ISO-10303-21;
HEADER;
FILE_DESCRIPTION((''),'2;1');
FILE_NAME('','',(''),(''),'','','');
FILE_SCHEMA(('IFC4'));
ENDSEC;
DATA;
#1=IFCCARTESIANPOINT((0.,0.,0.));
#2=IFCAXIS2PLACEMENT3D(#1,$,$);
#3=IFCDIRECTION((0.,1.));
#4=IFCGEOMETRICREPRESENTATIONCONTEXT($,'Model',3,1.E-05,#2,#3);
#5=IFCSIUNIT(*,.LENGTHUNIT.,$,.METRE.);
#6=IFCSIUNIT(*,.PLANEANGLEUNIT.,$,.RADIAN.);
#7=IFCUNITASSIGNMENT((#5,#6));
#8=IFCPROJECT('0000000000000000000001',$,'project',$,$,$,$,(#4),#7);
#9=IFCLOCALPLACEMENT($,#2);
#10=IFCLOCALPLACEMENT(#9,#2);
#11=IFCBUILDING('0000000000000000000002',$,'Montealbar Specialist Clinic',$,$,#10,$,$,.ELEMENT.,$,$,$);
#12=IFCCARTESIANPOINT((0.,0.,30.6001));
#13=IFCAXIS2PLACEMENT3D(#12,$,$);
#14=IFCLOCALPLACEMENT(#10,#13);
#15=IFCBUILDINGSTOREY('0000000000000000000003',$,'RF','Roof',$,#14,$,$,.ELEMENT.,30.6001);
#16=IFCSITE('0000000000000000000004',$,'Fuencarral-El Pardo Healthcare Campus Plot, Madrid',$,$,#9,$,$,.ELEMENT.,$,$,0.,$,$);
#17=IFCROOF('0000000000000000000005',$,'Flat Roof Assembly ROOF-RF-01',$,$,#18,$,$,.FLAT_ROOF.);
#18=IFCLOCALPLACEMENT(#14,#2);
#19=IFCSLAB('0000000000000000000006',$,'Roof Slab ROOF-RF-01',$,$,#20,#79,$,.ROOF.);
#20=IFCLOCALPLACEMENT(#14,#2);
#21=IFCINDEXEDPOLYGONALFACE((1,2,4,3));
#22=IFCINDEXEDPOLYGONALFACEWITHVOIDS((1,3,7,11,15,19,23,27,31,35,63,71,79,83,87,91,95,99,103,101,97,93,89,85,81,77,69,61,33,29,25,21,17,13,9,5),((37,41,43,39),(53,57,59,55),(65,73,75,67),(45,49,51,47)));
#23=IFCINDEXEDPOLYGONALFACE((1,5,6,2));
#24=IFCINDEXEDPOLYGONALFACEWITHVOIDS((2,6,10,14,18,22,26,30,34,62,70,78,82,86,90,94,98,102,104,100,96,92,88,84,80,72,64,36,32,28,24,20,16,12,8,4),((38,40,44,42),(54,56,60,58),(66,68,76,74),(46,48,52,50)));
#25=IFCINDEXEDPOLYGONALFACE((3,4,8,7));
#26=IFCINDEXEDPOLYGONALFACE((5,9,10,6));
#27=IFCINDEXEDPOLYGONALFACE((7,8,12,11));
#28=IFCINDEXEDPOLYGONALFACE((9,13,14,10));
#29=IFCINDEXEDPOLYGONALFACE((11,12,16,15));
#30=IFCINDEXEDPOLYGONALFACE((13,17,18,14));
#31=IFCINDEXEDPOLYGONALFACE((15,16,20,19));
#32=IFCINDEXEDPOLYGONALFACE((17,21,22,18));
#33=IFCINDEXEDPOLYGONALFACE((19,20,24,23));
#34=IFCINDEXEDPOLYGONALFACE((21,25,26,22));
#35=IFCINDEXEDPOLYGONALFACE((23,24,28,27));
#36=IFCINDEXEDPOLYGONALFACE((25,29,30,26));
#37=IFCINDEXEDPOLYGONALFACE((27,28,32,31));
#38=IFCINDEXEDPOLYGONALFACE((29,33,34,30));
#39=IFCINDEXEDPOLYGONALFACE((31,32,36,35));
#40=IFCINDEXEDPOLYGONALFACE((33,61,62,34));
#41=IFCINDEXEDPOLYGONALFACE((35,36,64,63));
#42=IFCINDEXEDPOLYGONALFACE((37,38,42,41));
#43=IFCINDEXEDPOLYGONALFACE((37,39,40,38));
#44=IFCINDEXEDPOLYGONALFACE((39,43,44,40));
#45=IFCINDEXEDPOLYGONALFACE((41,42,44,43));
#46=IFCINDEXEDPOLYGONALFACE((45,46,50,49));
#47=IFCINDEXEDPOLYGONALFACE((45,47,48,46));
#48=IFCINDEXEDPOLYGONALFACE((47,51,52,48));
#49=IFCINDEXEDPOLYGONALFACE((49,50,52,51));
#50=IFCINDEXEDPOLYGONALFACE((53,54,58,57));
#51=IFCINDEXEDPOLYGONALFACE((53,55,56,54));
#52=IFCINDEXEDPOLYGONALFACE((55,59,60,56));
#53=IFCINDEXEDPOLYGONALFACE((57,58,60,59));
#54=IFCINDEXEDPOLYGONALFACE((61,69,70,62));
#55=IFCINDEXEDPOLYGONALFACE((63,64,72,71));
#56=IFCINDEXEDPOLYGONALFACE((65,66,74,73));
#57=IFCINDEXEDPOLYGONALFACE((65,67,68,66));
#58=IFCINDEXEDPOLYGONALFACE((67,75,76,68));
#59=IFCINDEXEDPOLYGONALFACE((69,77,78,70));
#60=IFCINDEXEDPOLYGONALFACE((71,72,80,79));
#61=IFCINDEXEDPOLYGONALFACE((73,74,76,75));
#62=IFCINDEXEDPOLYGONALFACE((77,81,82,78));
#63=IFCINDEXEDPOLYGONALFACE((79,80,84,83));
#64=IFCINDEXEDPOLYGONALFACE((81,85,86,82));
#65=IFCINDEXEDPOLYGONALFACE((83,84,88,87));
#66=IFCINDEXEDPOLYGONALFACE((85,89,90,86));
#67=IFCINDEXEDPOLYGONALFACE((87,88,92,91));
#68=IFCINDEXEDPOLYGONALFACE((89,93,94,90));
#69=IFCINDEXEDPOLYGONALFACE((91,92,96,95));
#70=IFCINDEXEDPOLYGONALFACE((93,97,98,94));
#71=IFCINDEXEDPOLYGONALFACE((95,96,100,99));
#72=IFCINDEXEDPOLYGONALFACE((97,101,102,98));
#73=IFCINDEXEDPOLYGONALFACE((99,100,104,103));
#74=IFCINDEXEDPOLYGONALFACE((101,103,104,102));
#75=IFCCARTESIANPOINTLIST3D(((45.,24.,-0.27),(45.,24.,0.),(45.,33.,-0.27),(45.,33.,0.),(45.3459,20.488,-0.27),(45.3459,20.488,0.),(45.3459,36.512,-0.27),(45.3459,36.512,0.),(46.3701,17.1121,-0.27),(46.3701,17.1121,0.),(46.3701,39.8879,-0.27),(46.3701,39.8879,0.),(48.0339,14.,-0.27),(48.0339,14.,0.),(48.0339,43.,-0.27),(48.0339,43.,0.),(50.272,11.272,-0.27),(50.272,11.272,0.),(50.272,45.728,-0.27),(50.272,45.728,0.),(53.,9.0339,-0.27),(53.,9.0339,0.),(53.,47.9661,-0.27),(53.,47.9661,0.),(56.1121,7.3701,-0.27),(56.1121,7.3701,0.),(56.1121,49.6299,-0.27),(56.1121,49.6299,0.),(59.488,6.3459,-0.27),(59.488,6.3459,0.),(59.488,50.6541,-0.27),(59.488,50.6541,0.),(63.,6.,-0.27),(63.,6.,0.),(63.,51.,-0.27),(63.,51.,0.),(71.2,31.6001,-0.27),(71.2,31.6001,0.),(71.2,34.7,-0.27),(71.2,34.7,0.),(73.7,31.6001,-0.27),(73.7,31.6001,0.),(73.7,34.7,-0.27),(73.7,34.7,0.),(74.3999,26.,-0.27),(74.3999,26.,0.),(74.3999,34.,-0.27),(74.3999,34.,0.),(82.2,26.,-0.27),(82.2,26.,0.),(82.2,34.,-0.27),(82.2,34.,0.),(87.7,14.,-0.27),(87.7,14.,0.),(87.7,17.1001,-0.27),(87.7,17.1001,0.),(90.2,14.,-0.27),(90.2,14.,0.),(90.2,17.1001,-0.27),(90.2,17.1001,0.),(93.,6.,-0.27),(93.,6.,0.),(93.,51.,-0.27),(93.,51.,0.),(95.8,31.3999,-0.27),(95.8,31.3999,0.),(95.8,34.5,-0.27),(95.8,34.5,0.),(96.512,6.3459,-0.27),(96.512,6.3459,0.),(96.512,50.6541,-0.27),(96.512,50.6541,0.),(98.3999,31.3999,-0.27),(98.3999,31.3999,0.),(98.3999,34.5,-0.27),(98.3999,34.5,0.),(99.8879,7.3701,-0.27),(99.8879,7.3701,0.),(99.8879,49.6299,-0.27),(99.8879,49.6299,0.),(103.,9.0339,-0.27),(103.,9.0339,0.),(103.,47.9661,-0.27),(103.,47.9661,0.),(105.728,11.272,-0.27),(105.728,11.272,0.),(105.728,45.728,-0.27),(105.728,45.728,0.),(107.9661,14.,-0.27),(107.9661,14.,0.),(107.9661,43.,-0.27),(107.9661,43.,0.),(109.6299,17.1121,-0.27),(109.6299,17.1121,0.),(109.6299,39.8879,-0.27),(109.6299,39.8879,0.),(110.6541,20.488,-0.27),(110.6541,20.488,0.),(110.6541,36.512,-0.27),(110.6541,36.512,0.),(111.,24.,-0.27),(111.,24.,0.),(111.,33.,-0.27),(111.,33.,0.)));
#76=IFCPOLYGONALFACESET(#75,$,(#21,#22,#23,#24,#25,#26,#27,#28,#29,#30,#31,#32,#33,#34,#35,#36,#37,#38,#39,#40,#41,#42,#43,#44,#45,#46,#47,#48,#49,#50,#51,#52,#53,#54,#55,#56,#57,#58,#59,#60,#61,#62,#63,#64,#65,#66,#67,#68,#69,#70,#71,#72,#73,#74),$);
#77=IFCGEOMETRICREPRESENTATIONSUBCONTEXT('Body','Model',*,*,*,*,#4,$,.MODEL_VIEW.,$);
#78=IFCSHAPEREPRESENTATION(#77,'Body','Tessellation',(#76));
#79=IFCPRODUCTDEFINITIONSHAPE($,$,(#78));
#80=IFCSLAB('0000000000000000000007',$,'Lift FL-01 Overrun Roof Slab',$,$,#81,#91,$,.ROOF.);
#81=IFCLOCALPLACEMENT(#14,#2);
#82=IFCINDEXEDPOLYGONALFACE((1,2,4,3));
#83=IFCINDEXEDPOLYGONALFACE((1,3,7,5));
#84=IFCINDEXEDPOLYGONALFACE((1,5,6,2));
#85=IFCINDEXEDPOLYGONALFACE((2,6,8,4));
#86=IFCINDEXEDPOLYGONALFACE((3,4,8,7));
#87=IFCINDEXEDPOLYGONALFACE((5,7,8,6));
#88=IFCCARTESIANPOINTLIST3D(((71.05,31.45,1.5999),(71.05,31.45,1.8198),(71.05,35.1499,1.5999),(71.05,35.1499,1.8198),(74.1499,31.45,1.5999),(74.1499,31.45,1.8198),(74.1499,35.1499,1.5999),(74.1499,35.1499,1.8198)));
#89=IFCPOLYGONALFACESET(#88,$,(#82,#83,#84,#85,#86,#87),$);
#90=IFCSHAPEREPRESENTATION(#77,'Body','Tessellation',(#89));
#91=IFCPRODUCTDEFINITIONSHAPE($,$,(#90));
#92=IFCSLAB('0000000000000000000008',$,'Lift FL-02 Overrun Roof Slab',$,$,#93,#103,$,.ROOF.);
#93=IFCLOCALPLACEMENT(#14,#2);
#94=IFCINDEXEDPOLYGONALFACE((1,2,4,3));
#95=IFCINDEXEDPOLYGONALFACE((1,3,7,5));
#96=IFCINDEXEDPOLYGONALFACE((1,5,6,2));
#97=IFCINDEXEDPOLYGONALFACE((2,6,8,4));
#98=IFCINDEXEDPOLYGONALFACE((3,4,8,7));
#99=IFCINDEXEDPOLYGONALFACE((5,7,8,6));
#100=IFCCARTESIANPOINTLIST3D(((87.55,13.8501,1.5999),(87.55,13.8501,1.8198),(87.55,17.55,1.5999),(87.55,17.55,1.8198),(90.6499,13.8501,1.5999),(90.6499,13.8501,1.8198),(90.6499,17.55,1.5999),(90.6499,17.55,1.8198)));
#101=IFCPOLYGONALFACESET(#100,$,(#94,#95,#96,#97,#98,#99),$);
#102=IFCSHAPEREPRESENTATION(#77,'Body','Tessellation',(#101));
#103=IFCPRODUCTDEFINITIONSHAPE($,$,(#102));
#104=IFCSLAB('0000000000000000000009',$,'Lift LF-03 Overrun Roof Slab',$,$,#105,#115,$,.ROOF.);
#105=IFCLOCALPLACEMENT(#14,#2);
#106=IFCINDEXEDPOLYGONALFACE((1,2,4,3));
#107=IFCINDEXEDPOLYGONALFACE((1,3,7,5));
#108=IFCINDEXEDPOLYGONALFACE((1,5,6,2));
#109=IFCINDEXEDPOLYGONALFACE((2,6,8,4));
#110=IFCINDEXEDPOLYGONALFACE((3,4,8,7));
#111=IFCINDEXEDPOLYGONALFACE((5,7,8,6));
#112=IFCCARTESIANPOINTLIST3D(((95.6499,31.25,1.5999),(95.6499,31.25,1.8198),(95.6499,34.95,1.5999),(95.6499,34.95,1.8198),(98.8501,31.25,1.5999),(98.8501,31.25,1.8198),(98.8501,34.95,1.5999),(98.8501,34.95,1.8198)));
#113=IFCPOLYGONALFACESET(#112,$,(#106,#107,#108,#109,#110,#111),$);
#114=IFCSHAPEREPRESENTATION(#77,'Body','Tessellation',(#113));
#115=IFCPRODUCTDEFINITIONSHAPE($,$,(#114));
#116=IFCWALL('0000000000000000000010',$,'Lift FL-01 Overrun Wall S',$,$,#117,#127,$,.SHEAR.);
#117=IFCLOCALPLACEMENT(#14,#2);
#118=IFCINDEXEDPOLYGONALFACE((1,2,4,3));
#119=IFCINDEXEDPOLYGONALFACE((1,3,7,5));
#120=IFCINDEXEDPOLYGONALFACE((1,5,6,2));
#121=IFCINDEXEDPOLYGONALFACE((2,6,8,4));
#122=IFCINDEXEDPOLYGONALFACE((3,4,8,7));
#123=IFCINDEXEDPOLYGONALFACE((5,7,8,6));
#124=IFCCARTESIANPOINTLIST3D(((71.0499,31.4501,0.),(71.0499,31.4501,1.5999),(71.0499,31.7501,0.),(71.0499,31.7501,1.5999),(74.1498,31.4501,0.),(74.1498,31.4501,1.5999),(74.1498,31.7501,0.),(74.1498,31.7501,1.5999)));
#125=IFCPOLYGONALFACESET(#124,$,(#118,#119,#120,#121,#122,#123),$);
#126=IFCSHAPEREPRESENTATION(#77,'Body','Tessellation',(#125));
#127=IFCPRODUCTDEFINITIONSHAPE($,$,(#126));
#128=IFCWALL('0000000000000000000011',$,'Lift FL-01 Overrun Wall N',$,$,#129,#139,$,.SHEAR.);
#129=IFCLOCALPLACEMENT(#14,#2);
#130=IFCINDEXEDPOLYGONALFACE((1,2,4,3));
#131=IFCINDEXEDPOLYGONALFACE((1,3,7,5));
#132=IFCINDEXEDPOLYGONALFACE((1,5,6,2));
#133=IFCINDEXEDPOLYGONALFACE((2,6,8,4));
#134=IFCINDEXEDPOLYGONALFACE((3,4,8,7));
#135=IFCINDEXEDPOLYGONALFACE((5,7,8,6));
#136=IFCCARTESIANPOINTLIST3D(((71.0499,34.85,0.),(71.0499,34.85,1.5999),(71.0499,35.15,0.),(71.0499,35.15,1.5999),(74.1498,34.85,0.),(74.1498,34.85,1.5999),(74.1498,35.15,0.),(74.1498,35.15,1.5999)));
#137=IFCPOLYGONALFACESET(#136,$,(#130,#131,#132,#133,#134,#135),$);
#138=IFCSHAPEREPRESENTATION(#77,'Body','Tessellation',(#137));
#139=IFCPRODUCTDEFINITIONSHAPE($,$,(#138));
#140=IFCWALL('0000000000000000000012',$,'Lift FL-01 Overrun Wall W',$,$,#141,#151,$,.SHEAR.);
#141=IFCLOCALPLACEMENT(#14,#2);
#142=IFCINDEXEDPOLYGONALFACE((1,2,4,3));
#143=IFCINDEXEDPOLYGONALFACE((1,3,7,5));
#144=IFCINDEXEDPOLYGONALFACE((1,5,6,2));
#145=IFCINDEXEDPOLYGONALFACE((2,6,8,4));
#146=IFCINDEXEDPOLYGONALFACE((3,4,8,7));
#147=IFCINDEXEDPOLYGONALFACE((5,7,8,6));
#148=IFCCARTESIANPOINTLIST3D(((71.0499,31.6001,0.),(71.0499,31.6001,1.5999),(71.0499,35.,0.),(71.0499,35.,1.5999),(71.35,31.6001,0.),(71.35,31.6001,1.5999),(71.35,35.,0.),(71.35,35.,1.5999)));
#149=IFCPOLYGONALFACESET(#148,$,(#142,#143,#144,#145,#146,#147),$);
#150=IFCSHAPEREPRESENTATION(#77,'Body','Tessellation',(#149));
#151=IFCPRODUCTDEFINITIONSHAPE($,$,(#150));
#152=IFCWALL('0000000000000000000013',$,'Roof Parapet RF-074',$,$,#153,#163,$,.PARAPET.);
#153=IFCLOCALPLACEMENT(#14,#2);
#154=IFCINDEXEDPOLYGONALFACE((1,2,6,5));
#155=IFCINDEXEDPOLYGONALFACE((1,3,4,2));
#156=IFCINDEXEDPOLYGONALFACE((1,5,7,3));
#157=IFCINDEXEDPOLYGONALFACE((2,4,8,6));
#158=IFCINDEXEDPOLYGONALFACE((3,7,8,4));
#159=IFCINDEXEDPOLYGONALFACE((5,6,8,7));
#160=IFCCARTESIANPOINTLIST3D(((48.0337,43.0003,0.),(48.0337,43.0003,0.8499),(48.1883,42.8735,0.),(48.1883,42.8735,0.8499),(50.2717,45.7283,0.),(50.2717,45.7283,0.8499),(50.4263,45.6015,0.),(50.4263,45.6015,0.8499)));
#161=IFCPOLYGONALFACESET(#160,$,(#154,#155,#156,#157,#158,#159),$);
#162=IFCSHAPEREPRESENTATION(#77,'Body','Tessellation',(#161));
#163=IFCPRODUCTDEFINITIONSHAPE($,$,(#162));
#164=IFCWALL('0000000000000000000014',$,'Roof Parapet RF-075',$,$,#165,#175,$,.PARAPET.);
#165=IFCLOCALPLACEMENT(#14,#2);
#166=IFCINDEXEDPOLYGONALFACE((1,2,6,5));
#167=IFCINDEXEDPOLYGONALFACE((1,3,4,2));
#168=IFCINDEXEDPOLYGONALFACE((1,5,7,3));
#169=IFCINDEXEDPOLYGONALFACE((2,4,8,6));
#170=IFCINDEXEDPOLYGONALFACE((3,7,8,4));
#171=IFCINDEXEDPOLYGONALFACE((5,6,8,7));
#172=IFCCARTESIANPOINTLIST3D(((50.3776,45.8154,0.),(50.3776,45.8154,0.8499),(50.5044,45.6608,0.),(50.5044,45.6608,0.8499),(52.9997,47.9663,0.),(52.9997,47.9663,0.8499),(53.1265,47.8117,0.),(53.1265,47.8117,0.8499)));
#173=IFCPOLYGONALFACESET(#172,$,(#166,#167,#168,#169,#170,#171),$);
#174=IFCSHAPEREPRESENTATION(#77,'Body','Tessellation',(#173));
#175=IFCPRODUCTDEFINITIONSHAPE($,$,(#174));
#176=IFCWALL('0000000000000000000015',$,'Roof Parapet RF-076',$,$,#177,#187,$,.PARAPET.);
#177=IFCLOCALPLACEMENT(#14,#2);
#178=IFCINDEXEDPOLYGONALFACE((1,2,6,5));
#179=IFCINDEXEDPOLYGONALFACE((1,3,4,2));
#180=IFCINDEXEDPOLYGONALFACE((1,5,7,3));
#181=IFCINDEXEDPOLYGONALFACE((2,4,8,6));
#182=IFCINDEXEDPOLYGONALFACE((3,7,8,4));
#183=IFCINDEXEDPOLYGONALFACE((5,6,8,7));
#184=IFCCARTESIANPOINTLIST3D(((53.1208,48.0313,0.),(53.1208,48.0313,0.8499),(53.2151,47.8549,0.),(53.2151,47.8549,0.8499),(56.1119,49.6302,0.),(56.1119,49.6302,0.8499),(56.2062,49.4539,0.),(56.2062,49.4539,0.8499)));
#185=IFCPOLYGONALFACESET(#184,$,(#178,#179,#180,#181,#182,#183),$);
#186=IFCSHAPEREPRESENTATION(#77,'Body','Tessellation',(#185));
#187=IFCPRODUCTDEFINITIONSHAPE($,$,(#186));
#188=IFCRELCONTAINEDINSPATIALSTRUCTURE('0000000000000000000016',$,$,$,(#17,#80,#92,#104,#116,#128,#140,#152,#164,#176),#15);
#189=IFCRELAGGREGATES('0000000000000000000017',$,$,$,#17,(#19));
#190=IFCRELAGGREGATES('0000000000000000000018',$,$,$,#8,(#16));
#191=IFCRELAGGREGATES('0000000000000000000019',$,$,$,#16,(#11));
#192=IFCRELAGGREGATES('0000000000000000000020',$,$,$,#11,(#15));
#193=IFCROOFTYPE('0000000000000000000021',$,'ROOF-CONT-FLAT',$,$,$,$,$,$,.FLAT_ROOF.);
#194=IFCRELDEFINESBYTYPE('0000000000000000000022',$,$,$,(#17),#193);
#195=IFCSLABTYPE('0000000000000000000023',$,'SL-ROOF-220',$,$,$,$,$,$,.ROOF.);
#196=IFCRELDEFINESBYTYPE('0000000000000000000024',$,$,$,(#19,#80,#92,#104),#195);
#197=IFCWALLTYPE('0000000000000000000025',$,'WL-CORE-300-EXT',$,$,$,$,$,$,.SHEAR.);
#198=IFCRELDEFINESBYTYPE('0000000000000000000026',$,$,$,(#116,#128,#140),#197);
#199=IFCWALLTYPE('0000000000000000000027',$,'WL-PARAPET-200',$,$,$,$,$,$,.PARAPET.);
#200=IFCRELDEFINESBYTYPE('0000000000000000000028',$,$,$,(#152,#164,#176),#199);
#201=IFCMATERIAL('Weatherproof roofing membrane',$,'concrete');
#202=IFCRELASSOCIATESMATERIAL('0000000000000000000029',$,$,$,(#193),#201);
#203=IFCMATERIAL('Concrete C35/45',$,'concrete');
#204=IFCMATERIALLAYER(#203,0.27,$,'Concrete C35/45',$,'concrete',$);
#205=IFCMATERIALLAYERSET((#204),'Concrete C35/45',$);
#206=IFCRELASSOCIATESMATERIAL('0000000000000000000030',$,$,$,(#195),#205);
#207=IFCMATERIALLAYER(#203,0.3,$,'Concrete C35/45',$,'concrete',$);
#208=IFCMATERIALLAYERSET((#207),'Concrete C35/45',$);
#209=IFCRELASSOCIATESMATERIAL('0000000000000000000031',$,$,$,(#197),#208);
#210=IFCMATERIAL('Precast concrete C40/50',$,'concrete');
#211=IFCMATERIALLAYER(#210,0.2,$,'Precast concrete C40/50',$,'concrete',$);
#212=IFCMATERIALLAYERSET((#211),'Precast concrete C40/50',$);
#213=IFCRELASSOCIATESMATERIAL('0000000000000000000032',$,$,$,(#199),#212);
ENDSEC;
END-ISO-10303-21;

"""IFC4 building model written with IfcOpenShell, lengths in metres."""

from ifc_helpers import new_model, si_unit, direction, frame, frame_2d, origin, place, context, subcontext, project, spatial, polyline, rectangle, outline, extrude, material, layer, layer_set, type_object, element, aggregate, save


model = new_model("IFC4")

# Units and contexts
model_context = context("Model", 3, precision=1e-05, world=origin(), true_north=direction((0.0, 1.0)))
body_context = subcontext(model_context, "Body", "Model", "MODEL_VIEW")
ifc_project = project(units=[si_unit("LENGTHUNIT", "METRE"), si_unit("PLANEANGLEUNIT", "RADIAN")], contexts=[model_context])

# Site, building, storey
site_placement = place(None, origin())
site = spatial("IfcSite", under=ifc_project, at=site_placement, Name="Fuencarral-El Pardo Healthcare Campus Plot, Madrid", CompositionType="ELEMENT", RefElevation=0.0)
building_placement = place(site_placement, origin())
building = spatial("IfcBuilding", under=site, at=building_placement, Name="Montealbar Specialist Clinic", CompositionType="ELEMENT")
storey_placement = place(building_placement, frame((0.0, 0.0, 30.6001)))
storey = spatial("IfcBuildingStorey", under=building, at=storey_placement, Name="RF", Description="Roof", CompositionType="ELEMENT", Elevation=30.6001)

# Roof, slab
ifc_material_1 = material(Name="Weatherproof roofing membrane", Category="concrete")
roof_type = type_object("IfcRoofType", Name="ROOF-CONT-FLAT", PredefinedType="FLAT_ROOF", material=ifc_material_1)
roof_placement = place(storey_placement, origin())
roof = element("IfcRoof", 1, at=roof_placement, inside=storey, type_object=roof_type, Name="Flat Roof Assembly ROOF-RF-01", PredefinedType="FLAT_ROOF")
ifc_material_2 = material(Name="Concrete C35/45", Category="concrete")
ifc_layer_1 = layer(ifc_material_2, 0.27, Name="Concrete C35/45", Category="concrete")
ifc_layer_set_1 = layer_set([ifc_layer_1], Name="Concrete C35/45")
slab_type = type_object("IfcSlabType", Name="SL-ROOF-220", PredefinedType="ROOF", material=ifc_layer_set_1)
slab_1_placement = place(storey_placement, frame((0.0, 0.0, -0.27)))
slab_1 = element("IfcSlab", 2, at=slab_1_placement, type_object=slab_type, Name="Roof Slab ROOF-RF-01", PredefinedType="ROOF", context=body_context, shape_type="SweptSolid", body=[
    extrude(outline(polyline([(48.0339, 43.0), (50.272, 45.728), (53.0, 47.9661), (56.1121, 49.6299), (59.488, 50.6541), (63.0, 51.0), (93.0, 51.0), (96.512, 50.6541), (99.8879, 49.6299), (103.0, 47.9661), (105.728, 45.728), (107.9661, 43.0), (109.6299, 39.8879), (110.6541, 36.512), (111.0, 33.0), (111.0, 24.0), (110.6541, 20.488), (109.6299, 17.1121), (107.9661, 14.0), (105.728, 11.272), (103.0, 9.0339), (99.8879, 7.3701), (96.512, 6.3459), (93.0, 6.0), (63.0, 6.0), (59.488, 6.3459), (56.1121, 7.3701), (53.0, 9.0339), (50.272, 11.272), (48.0339, 14.0), (46.3701, 17.1121), (45.3459, 20.488), (45.0, 24.0), (45.0, 33.0), (45.3459, 36.512), (46.3701, 39.8879), (48.0339, 43.0)]), holes=[polyline([(74.3999, 26.0), (82.2, 26.0), (82.2, 34.0), (74.3999, 34.0), (74.3999, 26.0)]), polyline([(71.2, 31.6001), (73.7, 31.6001), (73.7, 34.7), (71.2, 34.7), (71.2, 31.6001)]), polyline([(87.7, 17.1001), (87.7, 14.0), (90.2, 14.0), (90.2, 17.1001), (87.7, 17.1001)]), polyline([(98.3999, 34.5), (95.8, 34.5), (95.8, 31.3999), (98.3999, 31.3999), (98.3999, 34.5)])]), origin(), (0.0, 0.0, 1.0), 0.27),
])
aggregate(roof, [slab_1])

# Slabs
slab_2_placement = place(storey_placement, frame((0.0, 0.0, 1.5999)))
element("IfcSlab", 3, at=slab_2_placement, inside=storey, type_object=slab_type, Name="Lift FL-01 Overrun Roof Slab", PredefinedType="ROOF", context=body_context, shape_type="SweptSolid", body=[
    extrude(outline(polyline([(71.05, 31.45), (74.1499, 31.45), (74.1499, 35.1499), (71.05, 35.1499), (71.05, 31.45)])), origin(), (0.0, 0.0, 1.0), 0.22),
])
slab_3_placement = place(storey_placement, frame((0.0, 0.0, 1.5999)))
element("IfcSlab", 4, at=slab_3_placement, inside=storey, type_object=slab_type, Name="Lift FL-02 Overrun Roof Slab", PredefinedType="ROOF", context=body_context, shape_type="SweptSolid", body=[
    extrude(outline(polyline([(87.55, 13.8501), (90.6499, 13.8501), (90.6499, 17.55), (87.55, 17.55), (87.55, 13.8501)])), origin(), (0.0, 0.0, 1.0), 0.22),
])
slab_4_placement = place(storey_placement, frame((0.0, 0.0, 1.5999)))
element("IfcSlab", 5, at=slab_4_placement, inside=storey, type_object=slab_type, Name="Lift LF-03 Overrun Roof Slab", PredefinedType="ROOF", context=body_context, shape_type="SweptSolid", body=[
    extrude(outline(polyline([(95.6499, 31.25), (98.8501, 31.25), (98.8501, 34.95), (95.6499, 34.95), (95.6499, 31.25)])), origin(), (0.0, 0.0, 1.0), 0.22),
])

# Walls
ifc_layer_2 = layer(ifc_material_2, 0.3, Name="Concrete C35/45", Category="concrete")
ifc_layer_set_2 = layer_set([ifc_layer_2], Name="Concrete C35/45")
wall_type_1 = type_object("IfcWallType", Name="WL-CORE-300-EXT", PredefinedType="SHEAR", material=ifc_layer_set_2)
for number, where, z_axis, x_axis, name in (
    (6, (71.05, 31.6001, 0.0), (0.0, 0.0, 1.0), (1.0, 0.0, 0.0), "Lift FL-01 Overrun Wall S"),
    (7, (71.05, 35.0, 0.0), (0.0, 0.0, 1.0), (1.0, 0.0, 0.0), "Lift FL-01 Overrun Wall N"),
):
    element("IfcWall", number, at=place(storey_placement, frame(where, z_axis=z_axis, x_axis=x_axis)), inside=storey, type_object=wall_type_1, Name=name, PredefinedType="SHEAR", context=body_context, shape_type="SweptSolid", body=[
        extrude(rectangle(XDim=3.0999, YDim=0.3, at=frame_2d((1.5498, 0.0))), origin(), (0.0, 0.0, 1.0), 1.5999),
    ])
wall_1_placement = place(storey_placement, frame((71.2, 31.6001, 0.0), z_axis=(0.0, 0.0, 1.0), x_axis=(0.0, 1.0, 0.0)))
element("IfcWall", 8, at=wall_1_placement, inside=storey, type_object=wall_type_1, Name="Lift FL-01 Overrun Wall W", PredefinedType="SHEAR", context=body_context, shape_type="SweptSolid", body=[
    extrude(rectangle(XDim=3.3999, YDim=0.3, at=frame_2d((1.7, 0.0))), origin(), (0.0, 0.0, 1.0), 1.5999),
])
ifc_material_3 = material(Name="Precast concrete C40/50", Category="concrete")
ifc_layer_3 = layer(ifc_material_3, 0.2, Name="Precast concrete C40/50", Category="concrete")
ifc_layer_set_3 = layer_set([ifc_layer_3], Name="Precast concrete C40/50")
wall_type_2 = type_object("IfcWallType", Name="WL-PARAPET-200", PredefinedType="PARAPET", material=ifc_layer_set_3)
wall_2_placement = place(storey_placement, frame((48.1111, 42.937, 0.0), z_axis=(0.0, 0.0, 1.0), x_axis=(0.634258, 0.773121, 0.0)))
element("IfcWall", 9, at=wall_2_placement, inside=storey, type_object=wall_type_2, Name="Roof Parapet RF-074", PredefinedType="PARAPET", context=body_context, shape_type="SweptSolid", body=[
    extrude(rectangle(XDim=3.5286, YDim=0.2, at=frame_2d((1.7642, 0.0))), origin(), (0.0, 0.0, 1.0), 0.8499),
])
wall_3_placement = place(storey_placement, frame((50.4409, 45.738, 0.0), z_axis=(0.0, 0.0, 1.0), x_axis=(0.773155, 0.634217, 0.0)))
element("IfcWall", 10, at=wall_3_placement, inside=storey, type_object=wall_type_2, Name="Roof Parapet RF-075", PredefinedType="PARAPET", context=body_context, shape_type="SweptSolid", body=[
    extrude(rectangle(XDim=3.3914, YDim=0.2, at=frame_2d((1.6958, 0.0))), origin(), (0.0, 0.0, 1.0), 0.8499),
])
wall_4_placement = place(storey_placement, frame((53.168, 47.9431, 0.0), z_axis=(0.0, 0.0, 1.0), x_axis=(0.8819, 0.471436, 0.0)))
element("IfcWall", 11, at=wall_4_placement, inside=storey, type_object=wall_type_2, Name="Roof Parapet RF-076", PredefinedType="PARAPET", context=body_context, shape_type="SweptSolid", body=[
    extrude(rectangle(XDim=3.3916, YDim=0.2, at=frame_2d((1.6958, 0.0))), origin(), (0.0, 0.0, 1.0), 0.8499),
])

save(model, "model.ifc")
